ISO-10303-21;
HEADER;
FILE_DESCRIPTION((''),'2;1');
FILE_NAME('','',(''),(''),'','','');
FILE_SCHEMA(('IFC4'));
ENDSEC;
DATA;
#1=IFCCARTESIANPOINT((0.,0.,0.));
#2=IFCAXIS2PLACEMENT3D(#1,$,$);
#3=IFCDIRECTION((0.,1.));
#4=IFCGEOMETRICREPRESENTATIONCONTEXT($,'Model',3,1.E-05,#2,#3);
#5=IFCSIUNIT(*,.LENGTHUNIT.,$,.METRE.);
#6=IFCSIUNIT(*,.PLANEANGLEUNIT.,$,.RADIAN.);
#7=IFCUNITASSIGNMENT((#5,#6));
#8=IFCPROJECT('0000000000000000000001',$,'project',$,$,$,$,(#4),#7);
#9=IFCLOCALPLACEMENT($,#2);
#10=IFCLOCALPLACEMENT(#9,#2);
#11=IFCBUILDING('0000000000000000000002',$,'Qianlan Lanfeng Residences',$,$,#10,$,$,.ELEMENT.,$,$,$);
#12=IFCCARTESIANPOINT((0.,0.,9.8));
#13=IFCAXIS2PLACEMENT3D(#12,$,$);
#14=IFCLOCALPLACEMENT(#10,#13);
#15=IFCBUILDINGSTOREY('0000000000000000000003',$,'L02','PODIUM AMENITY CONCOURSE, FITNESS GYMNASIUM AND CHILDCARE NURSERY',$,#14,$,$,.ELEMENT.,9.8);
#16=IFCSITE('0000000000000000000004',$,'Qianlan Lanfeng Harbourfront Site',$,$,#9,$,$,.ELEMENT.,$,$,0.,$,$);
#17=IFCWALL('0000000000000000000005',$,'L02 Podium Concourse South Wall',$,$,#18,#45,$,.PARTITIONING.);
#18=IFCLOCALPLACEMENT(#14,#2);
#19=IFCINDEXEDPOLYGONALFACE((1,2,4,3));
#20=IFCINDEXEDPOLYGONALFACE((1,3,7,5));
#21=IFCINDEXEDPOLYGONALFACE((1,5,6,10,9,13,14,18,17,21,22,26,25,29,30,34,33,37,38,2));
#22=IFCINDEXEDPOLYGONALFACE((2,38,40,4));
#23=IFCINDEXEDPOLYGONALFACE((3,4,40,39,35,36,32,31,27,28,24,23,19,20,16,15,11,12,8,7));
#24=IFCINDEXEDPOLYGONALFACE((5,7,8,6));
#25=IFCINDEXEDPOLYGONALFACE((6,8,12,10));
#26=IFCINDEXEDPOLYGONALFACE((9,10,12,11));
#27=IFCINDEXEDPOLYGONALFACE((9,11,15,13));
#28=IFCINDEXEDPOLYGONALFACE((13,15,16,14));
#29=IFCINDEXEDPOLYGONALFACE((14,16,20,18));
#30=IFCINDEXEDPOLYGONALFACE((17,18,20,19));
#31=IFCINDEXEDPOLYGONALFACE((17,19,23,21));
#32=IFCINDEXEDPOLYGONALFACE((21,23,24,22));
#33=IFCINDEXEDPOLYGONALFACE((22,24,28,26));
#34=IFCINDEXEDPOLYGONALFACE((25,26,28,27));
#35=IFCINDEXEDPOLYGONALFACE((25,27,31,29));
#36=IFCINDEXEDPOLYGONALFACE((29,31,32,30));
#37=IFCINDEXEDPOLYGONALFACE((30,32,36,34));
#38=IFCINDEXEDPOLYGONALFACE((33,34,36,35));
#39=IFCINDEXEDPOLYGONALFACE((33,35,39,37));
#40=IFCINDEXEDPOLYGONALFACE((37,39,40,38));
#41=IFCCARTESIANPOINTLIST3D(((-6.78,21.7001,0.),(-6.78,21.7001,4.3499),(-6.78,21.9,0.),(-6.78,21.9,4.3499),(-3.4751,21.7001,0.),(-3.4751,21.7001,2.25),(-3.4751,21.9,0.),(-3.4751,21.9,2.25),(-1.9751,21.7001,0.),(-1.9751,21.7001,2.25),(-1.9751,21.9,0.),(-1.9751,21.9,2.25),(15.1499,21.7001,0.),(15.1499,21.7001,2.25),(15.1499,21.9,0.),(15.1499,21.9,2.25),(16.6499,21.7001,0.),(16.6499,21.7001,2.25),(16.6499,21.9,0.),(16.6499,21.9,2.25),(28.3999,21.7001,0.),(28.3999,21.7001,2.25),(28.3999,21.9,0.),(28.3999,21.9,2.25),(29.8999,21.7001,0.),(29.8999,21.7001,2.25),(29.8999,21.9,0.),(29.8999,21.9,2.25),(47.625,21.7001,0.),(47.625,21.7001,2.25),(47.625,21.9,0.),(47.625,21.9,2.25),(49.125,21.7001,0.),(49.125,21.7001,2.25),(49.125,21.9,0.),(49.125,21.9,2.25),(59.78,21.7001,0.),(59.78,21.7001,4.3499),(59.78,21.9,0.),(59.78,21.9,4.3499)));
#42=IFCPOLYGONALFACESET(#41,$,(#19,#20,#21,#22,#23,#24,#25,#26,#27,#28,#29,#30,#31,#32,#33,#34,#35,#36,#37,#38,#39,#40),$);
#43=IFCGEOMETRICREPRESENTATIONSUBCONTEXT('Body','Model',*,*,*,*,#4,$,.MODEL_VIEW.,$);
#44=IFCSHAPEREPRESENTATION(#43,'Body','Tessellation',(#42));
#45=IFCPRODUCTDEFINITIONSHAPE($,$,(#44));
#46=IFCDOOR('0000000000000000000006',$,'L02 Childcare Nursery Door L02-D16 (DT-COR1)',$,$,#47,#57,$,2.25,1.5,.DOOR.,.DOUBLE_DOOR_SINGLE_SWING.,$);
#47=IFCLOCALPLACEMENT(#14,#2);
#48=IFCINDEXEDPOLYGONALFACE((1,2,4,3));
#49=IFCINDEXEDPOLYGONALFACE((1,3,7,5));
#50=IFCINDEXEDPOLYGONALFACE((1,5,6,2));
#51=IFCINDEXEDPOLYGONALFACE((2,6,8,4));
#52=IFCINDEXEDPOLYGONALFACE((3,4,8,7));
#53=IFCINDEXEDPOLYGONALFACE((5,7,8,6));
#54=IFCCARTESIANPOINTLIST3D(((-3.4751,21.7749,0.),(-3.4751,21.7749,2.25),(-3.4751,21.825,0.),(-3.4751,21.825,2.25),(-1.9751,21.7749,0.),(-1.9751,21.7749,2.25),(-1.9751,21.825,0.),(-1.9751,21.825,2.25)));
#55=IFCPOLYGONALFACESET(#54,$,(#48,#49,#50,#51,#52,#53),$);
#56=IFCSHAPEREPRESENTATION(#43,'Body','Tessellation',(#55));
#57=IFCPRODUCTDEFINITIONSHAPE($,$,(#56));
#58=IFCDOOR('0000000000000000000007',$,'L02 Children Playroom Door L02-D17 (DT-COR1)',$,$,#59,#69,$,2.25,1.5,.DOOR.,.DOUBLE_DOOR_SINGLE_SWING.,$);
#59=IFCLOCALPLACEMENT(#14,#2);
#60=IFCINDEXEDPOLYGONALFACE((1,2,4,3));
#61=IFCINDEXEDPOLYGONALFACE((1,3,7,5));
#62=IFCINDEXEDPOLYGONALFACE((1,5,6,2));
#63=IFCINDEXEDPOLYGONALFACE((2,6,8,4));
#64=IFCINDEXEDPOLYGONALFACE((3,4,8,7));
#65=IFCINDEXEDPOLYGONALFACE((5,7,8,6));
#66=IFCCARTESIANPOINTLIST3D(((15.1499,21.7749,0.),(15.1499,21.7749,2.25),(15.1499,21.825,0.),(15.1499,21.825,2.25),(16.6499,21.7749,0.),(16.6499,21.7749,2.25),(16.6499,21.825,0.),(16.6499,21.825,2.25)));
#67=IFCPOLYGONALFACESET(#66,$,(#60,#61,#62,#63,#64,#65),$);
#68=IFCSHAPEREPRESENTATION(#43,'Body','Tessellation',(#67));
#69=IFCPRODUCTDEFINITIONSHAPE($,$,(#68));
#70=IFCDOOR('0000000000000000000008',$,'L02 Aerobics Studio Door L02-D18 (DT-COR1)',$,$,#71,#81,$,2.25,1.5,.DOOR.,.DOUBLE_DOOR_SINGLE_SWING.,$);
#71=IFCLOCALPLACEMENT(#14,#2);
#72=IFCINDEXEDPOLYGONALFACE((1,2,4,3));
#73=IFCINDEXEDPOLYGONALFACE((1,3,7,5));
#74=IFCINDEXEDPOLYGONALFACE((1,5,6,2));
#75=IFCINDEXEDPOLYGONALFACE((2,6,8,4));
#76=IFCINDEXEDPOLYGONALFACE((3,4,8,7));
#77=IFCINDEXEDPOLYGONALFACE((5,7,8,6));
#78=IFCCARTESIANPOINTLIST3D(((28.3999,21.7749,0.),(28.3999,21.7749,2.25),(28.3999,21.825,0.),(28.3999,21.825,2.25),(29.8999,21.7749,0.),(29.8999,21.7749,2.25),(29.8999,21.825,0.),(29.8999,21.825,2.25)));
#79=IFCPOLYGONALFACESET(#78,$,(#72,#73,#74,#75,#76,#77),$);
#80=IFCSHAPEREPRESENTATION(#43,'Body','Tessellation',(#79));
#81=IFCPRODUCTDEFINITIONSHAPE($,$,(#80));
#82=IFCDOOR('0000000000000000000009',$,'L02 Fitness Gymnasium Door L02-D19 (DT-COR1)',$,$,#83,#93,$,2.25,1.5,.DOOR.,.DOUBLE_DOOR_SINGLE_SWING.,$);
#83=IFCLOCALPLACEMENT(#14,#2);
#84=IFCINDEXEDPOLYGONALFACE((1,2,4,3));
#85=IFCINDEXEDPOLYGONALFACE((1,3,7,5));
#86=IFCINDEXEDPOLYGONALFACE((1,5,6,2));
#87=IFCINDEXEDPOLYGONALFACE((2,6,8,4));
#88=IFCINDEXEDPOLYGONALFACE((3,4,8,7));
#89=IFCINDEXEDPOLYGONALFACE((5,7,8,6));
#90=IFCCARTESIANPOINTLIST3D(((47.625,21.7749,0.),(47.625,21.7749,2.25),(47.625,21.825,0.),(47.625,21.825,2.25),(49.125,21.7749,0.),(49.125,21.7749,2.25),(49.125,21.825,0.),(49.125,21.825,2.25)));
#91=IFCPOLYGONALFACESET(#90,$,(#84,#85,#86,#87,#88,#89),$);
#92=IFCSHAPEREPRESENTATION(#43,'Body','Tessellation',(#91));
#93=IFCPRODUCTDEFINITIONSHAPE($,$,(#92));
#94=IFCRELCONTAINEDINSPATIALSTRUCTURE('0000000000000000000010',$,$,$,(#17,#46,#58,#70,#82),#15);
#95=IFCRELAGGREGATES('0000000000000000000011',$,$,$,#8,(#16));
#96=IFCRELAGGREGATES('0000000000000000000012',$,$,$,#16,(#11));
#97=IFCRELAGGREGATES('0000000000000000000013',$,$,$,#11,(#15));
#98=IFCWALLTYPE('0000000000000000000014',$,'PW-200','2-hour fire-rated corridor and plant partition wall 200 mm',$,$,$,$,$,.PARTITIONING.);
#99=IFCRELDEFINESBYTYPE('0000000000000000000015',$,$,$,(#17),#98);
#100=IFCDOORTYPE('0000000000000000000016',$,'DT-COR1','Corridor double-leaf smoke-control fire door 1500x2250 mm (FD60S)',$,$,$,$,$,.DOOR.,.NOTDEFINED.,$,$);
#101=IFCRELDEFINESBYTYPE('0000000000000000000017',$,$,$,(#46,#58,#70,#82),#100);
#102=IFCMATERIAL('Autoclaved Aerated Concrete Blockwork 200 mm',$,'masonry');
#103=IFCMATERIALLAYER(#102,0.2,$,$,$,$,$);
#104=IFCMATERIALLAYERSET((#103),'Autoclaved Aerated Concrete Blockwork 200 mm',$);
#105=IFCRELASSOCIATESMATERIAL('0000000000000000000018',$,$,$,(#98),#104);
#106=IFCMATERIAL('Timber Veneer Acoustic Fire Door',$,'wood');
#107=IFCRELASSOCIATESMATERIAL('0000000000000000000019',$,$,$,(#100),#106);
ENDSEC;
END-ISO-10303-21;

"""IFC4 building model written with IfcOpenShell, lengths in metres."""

from ifc_helpers import new_model, si_unit, direction, frame, frame_2d, origin, place, context, subcontext, project, spatial, rectangle, extrude, material, layer, layer_set, type_object, element, fill, save


model = new_model("IFC4")

# Units and contexts
model_context = context("Model", 3, precision=1e-05, world=origin(), true_north=direction((0.0, 1.0)))
body_context = subcontext(model_context, "Body", "Model", "MODEL_VIEW")
ifc_project = project(units=[si_unit("LENGTHUNIT", "METRE"), si_unit("PLANEANGLEUNIT", "RADIAN")], contexts=[model_context])

# Site, building, storey
site_placement = place(None, origin())
site = spatial("IfcSite", under=ifc_project, at=site_placement, Name="Qianlan Lanfeng Harbourfront Site", CompositionType="ELEMENT", RefElevation=0.0)
building_placement = place(site_placement, origin())
building = spatial("IfcBuilding", under=site, at=building_placement, Name="Qianlan Lanfeng Residences", CompositionType="ELEMENT")
storey_placement = place(building_placement, frame((0.0, 0.0, 9.8)))
storey = spatial("IfcBuildingStorey", under=building, at=storey_placement, Name="L02", Description="PODIUM AMENITY CONCOURSE, FITNESS GYMNASIUM AND CHILDCARE NURSERY", CompositionType="ELEMENT", Elevation=9.8)

# Wall, openings, doors
ifc_material_1 = material(Name="Autoclaved Aerated Concrete Blockwork 200 mm", Category="masonry")
ifc_layer_1 = layer(ifc_material_1, 0.2)
ifc_layer_set_1 = layer_set([ifc_layer_1], Name="Autoclaved Aerated Concrete Blockwork 200 mm")
wall_type = type_object("IfcWallType", Name="PW-200", Description="2-hour fire-rated corridor and plant partition wall 200 mm", PredefinedType="PARTITIONING", material=ifc_layer_set_1)
wall_placement = place(storey_placement, frame((-6.78, 21.8, 0.0), z_axis=(0.0, 0.0, 1.0), x_axis=(1.0, 0.0, 0.0)))
wall = element("IfcWall", 1, at=wall_placement, inside=storey, type_object=wall_type, Name="L02 Podium Concourse South Wall", PredefinedType="PARTITIONING", context=body_context, shape_type="SweptSolid", body=[
    extrude(rectangle(XDim=66.5601, YDim=0.2, at=frame_2d((33.28, 0.0))), origin(), (0.0, 0.0, 1.0), 4.3499),
])
opening_1_placement = place(wall_placement, frame((3.3049, 0.0, 0.0)))
opening_1 = element("IfcOpeningElement", 2, at=opening_1_placement, cuts=wall, PredefinedType="OPENING", context=body_context, shape_type="SweptSolid", body=[
    extrude(rectangle(XDim=1.5, YDim=2.25, at=frame_2d((0.75, 1.125))), frame((0.0, 0.1099, 0.0), z_axis=(0.0, -1.0, 0.0), x_axis=(1.0, 0.0, 0.0)), (0.0, 0.0, 1.0), 0.22),
])
opening_2_placement = place(wall_placement, frame((21.9299, 0.0, 0.0)))
opening_2 = element("IfcOpeningElement", 3, at=opening_2_placement, cuts=wall, PredefinedType="OPENING", context=body_context, shape_type="SweptSolid", body=[
    extrude(rectangle(XDim=1.5, YDim=2.25, at=frame_2d((0.75, 1.125))), frame((0.0, 0.1099, 0.0), z_axis=(0.0, -1.0, 0.0), x_axis=(1.0, 0.0, 0.0)), (0.0, 0.0, 1.0), 0.22),
])
opening_3_placement = place(wall_placement, frame((35.1799, 0.0, 0.0)))
opening_3 = element("IfcOpeningElement", 4, at=opening_3_placement, cuts=wall, PredefinedType="OPENING", context=body_context, shape_type="SweptSolid", body=[
    extrude(rectangle(XDim=1.5, YDim=2.25, at=frame_2d((0.75, 1.125))), frame((0.0, 0.1099, 0.0), z_axis=(0.0, -1.0, 0.0), x_axis=(1.0, 0.0, 0.0)), (0.0, 0.0, 1.0), 0.22),
])
opening_4_placement = place(wall_placement, frame((54.405, 0.0, 0.0)))
opening_4 = element("IfcOpeningElement", 5, at=opening_4_placement, cuts=wall, PredefinedType="OPENING", context=body_context, shape_type="SweptSolid", body=[
    extrude(rectangle(XDim=1.5, YDim=2.25, at=frame_2d((0.75, 1.125))), frame((0.0, 0.1099, 0.0), z_axis=(0.0, -1.0, 0.0), x_axis=(1.0, 0.0, 0.0)), (0.0, 0.0, 1.0), 0.22),
])
ifc_material_2 = material(Name="Timber Veneer Acoustic Fire Door", Category="wood")
door_type = type_object("IfcDoorType", Name="DT-COR1", Description="Corridor double-leaf smoke-control fire door 1500x2250 mm (FD60S)", OperationType="NOTDEFINED", PredefinedType="DOOR", material=ifc_material_2)
door_1_placement = place(opening_1_placement, origin())
door_1 = element("IfcDoor", 6, at=door_1_placement, inside=storey, type_object=door_type, Name="L02 Childcare Nursery Door L02-D16 (DT-COR1)", OperationType="DOUBLE_DOOR_SINGLE_SWING", OverallHeight=2.25, OverallWidth=1.5, PredefinedType="DOOR", context=body_context, shape_type="SweptSolid", body=[
    extrude(rectangle(XDim=1.5, YDim=2.25, at=frame_2d((0.75, 1.125))), frame((0.0, 0.0249, 0.0), z_axis=(0.0, -1.0, 0.0), x_axis=(1.0, 0.0, 0.0)), (0.0, 0.0, 1.0), 0.05),
])
fill(opening_1, door_1)
door_2_placement = place(opening_2_placement, origin())
door_2 = element("IfcDoor", 7, at=door_2_placement, inside=storey, type_object=door_type, Name="L02 Children Playroom Door L02-D17 (DT-COR1)", OperationType="DOUBLE_DOOR_SINGLE_SWING", OverallHeight=2.25, OverallWidth=1.5, PredefinedType="DOOR", context=body_context, shape_type="SweptSolid", body=[
    extrude(rectangle(XDim=1.5, YDim=2.25, at=frame_2d((0.75, 1.125))), frame((0.0, 0.0249, 0.0), z_axis=(0.0, -1.0, 0.0), x_axis=(1.0, 0.0, 0.0)), (0.0, 0.0, 1.0), 0.05),
])
fill(opening_2, door_2)
door_3_placement = place(opening_3_placement, origin())
door_3 = element("IfcDoor", 8, at=door_3_placement, inside=storey, type_object=door_type, Name="L02 Aerobics Studio Door L02-D18 (DT-COR1)", OperationType="DOUBLE_DOOR_SINGLE_SWING", OverallHeight=2.25, OverallWidth=1.5, PredefinedType="DOOR", context=body_context, shape_type="SweptSolid", body=[
    extrude(rectangle(XDim=1.5, YDim=2.25, at=frame_2d((0.75, 1.125))), frame((0.0, 0.0249, 0.0), z_axis=(0.0, -1.0, 0.0), x_axis=(1.0, 0.0, 0.0)), (0.0, 0.0, 1.0), 0.05),
])
fill(opening_3, door_3)
door_4_placement = place(opening_4_placement, origin())
door_4 = element("IfcDoor", 9, at=door_4_placement, inside=storey, type_object=door_type, Name="L02 Fitness Gymnasium Door L02-D19 (DT-COR1)", OperationType="DOUBLE_DOOR_SINGLE_SWING", OverallHeight=2.25, OverallWidth=1.5, PredefinedType="DOOR", context=body_context, shape_type="SweptSolid", body=[
    extrude(rectangle(XDim=1.5, YDim=2.25, at=frame_2d((0.75, 1.125))), frame((0.0, 0.0249, 0.0), z_axis=(0.0, -1.0, 0.0), x_axis=(1.0, 0.0, 0.0)), (0.0, 0.0, 1.0), 0.05),
])
fill(opening_4, door_4)

save(model, "model.ifc")
